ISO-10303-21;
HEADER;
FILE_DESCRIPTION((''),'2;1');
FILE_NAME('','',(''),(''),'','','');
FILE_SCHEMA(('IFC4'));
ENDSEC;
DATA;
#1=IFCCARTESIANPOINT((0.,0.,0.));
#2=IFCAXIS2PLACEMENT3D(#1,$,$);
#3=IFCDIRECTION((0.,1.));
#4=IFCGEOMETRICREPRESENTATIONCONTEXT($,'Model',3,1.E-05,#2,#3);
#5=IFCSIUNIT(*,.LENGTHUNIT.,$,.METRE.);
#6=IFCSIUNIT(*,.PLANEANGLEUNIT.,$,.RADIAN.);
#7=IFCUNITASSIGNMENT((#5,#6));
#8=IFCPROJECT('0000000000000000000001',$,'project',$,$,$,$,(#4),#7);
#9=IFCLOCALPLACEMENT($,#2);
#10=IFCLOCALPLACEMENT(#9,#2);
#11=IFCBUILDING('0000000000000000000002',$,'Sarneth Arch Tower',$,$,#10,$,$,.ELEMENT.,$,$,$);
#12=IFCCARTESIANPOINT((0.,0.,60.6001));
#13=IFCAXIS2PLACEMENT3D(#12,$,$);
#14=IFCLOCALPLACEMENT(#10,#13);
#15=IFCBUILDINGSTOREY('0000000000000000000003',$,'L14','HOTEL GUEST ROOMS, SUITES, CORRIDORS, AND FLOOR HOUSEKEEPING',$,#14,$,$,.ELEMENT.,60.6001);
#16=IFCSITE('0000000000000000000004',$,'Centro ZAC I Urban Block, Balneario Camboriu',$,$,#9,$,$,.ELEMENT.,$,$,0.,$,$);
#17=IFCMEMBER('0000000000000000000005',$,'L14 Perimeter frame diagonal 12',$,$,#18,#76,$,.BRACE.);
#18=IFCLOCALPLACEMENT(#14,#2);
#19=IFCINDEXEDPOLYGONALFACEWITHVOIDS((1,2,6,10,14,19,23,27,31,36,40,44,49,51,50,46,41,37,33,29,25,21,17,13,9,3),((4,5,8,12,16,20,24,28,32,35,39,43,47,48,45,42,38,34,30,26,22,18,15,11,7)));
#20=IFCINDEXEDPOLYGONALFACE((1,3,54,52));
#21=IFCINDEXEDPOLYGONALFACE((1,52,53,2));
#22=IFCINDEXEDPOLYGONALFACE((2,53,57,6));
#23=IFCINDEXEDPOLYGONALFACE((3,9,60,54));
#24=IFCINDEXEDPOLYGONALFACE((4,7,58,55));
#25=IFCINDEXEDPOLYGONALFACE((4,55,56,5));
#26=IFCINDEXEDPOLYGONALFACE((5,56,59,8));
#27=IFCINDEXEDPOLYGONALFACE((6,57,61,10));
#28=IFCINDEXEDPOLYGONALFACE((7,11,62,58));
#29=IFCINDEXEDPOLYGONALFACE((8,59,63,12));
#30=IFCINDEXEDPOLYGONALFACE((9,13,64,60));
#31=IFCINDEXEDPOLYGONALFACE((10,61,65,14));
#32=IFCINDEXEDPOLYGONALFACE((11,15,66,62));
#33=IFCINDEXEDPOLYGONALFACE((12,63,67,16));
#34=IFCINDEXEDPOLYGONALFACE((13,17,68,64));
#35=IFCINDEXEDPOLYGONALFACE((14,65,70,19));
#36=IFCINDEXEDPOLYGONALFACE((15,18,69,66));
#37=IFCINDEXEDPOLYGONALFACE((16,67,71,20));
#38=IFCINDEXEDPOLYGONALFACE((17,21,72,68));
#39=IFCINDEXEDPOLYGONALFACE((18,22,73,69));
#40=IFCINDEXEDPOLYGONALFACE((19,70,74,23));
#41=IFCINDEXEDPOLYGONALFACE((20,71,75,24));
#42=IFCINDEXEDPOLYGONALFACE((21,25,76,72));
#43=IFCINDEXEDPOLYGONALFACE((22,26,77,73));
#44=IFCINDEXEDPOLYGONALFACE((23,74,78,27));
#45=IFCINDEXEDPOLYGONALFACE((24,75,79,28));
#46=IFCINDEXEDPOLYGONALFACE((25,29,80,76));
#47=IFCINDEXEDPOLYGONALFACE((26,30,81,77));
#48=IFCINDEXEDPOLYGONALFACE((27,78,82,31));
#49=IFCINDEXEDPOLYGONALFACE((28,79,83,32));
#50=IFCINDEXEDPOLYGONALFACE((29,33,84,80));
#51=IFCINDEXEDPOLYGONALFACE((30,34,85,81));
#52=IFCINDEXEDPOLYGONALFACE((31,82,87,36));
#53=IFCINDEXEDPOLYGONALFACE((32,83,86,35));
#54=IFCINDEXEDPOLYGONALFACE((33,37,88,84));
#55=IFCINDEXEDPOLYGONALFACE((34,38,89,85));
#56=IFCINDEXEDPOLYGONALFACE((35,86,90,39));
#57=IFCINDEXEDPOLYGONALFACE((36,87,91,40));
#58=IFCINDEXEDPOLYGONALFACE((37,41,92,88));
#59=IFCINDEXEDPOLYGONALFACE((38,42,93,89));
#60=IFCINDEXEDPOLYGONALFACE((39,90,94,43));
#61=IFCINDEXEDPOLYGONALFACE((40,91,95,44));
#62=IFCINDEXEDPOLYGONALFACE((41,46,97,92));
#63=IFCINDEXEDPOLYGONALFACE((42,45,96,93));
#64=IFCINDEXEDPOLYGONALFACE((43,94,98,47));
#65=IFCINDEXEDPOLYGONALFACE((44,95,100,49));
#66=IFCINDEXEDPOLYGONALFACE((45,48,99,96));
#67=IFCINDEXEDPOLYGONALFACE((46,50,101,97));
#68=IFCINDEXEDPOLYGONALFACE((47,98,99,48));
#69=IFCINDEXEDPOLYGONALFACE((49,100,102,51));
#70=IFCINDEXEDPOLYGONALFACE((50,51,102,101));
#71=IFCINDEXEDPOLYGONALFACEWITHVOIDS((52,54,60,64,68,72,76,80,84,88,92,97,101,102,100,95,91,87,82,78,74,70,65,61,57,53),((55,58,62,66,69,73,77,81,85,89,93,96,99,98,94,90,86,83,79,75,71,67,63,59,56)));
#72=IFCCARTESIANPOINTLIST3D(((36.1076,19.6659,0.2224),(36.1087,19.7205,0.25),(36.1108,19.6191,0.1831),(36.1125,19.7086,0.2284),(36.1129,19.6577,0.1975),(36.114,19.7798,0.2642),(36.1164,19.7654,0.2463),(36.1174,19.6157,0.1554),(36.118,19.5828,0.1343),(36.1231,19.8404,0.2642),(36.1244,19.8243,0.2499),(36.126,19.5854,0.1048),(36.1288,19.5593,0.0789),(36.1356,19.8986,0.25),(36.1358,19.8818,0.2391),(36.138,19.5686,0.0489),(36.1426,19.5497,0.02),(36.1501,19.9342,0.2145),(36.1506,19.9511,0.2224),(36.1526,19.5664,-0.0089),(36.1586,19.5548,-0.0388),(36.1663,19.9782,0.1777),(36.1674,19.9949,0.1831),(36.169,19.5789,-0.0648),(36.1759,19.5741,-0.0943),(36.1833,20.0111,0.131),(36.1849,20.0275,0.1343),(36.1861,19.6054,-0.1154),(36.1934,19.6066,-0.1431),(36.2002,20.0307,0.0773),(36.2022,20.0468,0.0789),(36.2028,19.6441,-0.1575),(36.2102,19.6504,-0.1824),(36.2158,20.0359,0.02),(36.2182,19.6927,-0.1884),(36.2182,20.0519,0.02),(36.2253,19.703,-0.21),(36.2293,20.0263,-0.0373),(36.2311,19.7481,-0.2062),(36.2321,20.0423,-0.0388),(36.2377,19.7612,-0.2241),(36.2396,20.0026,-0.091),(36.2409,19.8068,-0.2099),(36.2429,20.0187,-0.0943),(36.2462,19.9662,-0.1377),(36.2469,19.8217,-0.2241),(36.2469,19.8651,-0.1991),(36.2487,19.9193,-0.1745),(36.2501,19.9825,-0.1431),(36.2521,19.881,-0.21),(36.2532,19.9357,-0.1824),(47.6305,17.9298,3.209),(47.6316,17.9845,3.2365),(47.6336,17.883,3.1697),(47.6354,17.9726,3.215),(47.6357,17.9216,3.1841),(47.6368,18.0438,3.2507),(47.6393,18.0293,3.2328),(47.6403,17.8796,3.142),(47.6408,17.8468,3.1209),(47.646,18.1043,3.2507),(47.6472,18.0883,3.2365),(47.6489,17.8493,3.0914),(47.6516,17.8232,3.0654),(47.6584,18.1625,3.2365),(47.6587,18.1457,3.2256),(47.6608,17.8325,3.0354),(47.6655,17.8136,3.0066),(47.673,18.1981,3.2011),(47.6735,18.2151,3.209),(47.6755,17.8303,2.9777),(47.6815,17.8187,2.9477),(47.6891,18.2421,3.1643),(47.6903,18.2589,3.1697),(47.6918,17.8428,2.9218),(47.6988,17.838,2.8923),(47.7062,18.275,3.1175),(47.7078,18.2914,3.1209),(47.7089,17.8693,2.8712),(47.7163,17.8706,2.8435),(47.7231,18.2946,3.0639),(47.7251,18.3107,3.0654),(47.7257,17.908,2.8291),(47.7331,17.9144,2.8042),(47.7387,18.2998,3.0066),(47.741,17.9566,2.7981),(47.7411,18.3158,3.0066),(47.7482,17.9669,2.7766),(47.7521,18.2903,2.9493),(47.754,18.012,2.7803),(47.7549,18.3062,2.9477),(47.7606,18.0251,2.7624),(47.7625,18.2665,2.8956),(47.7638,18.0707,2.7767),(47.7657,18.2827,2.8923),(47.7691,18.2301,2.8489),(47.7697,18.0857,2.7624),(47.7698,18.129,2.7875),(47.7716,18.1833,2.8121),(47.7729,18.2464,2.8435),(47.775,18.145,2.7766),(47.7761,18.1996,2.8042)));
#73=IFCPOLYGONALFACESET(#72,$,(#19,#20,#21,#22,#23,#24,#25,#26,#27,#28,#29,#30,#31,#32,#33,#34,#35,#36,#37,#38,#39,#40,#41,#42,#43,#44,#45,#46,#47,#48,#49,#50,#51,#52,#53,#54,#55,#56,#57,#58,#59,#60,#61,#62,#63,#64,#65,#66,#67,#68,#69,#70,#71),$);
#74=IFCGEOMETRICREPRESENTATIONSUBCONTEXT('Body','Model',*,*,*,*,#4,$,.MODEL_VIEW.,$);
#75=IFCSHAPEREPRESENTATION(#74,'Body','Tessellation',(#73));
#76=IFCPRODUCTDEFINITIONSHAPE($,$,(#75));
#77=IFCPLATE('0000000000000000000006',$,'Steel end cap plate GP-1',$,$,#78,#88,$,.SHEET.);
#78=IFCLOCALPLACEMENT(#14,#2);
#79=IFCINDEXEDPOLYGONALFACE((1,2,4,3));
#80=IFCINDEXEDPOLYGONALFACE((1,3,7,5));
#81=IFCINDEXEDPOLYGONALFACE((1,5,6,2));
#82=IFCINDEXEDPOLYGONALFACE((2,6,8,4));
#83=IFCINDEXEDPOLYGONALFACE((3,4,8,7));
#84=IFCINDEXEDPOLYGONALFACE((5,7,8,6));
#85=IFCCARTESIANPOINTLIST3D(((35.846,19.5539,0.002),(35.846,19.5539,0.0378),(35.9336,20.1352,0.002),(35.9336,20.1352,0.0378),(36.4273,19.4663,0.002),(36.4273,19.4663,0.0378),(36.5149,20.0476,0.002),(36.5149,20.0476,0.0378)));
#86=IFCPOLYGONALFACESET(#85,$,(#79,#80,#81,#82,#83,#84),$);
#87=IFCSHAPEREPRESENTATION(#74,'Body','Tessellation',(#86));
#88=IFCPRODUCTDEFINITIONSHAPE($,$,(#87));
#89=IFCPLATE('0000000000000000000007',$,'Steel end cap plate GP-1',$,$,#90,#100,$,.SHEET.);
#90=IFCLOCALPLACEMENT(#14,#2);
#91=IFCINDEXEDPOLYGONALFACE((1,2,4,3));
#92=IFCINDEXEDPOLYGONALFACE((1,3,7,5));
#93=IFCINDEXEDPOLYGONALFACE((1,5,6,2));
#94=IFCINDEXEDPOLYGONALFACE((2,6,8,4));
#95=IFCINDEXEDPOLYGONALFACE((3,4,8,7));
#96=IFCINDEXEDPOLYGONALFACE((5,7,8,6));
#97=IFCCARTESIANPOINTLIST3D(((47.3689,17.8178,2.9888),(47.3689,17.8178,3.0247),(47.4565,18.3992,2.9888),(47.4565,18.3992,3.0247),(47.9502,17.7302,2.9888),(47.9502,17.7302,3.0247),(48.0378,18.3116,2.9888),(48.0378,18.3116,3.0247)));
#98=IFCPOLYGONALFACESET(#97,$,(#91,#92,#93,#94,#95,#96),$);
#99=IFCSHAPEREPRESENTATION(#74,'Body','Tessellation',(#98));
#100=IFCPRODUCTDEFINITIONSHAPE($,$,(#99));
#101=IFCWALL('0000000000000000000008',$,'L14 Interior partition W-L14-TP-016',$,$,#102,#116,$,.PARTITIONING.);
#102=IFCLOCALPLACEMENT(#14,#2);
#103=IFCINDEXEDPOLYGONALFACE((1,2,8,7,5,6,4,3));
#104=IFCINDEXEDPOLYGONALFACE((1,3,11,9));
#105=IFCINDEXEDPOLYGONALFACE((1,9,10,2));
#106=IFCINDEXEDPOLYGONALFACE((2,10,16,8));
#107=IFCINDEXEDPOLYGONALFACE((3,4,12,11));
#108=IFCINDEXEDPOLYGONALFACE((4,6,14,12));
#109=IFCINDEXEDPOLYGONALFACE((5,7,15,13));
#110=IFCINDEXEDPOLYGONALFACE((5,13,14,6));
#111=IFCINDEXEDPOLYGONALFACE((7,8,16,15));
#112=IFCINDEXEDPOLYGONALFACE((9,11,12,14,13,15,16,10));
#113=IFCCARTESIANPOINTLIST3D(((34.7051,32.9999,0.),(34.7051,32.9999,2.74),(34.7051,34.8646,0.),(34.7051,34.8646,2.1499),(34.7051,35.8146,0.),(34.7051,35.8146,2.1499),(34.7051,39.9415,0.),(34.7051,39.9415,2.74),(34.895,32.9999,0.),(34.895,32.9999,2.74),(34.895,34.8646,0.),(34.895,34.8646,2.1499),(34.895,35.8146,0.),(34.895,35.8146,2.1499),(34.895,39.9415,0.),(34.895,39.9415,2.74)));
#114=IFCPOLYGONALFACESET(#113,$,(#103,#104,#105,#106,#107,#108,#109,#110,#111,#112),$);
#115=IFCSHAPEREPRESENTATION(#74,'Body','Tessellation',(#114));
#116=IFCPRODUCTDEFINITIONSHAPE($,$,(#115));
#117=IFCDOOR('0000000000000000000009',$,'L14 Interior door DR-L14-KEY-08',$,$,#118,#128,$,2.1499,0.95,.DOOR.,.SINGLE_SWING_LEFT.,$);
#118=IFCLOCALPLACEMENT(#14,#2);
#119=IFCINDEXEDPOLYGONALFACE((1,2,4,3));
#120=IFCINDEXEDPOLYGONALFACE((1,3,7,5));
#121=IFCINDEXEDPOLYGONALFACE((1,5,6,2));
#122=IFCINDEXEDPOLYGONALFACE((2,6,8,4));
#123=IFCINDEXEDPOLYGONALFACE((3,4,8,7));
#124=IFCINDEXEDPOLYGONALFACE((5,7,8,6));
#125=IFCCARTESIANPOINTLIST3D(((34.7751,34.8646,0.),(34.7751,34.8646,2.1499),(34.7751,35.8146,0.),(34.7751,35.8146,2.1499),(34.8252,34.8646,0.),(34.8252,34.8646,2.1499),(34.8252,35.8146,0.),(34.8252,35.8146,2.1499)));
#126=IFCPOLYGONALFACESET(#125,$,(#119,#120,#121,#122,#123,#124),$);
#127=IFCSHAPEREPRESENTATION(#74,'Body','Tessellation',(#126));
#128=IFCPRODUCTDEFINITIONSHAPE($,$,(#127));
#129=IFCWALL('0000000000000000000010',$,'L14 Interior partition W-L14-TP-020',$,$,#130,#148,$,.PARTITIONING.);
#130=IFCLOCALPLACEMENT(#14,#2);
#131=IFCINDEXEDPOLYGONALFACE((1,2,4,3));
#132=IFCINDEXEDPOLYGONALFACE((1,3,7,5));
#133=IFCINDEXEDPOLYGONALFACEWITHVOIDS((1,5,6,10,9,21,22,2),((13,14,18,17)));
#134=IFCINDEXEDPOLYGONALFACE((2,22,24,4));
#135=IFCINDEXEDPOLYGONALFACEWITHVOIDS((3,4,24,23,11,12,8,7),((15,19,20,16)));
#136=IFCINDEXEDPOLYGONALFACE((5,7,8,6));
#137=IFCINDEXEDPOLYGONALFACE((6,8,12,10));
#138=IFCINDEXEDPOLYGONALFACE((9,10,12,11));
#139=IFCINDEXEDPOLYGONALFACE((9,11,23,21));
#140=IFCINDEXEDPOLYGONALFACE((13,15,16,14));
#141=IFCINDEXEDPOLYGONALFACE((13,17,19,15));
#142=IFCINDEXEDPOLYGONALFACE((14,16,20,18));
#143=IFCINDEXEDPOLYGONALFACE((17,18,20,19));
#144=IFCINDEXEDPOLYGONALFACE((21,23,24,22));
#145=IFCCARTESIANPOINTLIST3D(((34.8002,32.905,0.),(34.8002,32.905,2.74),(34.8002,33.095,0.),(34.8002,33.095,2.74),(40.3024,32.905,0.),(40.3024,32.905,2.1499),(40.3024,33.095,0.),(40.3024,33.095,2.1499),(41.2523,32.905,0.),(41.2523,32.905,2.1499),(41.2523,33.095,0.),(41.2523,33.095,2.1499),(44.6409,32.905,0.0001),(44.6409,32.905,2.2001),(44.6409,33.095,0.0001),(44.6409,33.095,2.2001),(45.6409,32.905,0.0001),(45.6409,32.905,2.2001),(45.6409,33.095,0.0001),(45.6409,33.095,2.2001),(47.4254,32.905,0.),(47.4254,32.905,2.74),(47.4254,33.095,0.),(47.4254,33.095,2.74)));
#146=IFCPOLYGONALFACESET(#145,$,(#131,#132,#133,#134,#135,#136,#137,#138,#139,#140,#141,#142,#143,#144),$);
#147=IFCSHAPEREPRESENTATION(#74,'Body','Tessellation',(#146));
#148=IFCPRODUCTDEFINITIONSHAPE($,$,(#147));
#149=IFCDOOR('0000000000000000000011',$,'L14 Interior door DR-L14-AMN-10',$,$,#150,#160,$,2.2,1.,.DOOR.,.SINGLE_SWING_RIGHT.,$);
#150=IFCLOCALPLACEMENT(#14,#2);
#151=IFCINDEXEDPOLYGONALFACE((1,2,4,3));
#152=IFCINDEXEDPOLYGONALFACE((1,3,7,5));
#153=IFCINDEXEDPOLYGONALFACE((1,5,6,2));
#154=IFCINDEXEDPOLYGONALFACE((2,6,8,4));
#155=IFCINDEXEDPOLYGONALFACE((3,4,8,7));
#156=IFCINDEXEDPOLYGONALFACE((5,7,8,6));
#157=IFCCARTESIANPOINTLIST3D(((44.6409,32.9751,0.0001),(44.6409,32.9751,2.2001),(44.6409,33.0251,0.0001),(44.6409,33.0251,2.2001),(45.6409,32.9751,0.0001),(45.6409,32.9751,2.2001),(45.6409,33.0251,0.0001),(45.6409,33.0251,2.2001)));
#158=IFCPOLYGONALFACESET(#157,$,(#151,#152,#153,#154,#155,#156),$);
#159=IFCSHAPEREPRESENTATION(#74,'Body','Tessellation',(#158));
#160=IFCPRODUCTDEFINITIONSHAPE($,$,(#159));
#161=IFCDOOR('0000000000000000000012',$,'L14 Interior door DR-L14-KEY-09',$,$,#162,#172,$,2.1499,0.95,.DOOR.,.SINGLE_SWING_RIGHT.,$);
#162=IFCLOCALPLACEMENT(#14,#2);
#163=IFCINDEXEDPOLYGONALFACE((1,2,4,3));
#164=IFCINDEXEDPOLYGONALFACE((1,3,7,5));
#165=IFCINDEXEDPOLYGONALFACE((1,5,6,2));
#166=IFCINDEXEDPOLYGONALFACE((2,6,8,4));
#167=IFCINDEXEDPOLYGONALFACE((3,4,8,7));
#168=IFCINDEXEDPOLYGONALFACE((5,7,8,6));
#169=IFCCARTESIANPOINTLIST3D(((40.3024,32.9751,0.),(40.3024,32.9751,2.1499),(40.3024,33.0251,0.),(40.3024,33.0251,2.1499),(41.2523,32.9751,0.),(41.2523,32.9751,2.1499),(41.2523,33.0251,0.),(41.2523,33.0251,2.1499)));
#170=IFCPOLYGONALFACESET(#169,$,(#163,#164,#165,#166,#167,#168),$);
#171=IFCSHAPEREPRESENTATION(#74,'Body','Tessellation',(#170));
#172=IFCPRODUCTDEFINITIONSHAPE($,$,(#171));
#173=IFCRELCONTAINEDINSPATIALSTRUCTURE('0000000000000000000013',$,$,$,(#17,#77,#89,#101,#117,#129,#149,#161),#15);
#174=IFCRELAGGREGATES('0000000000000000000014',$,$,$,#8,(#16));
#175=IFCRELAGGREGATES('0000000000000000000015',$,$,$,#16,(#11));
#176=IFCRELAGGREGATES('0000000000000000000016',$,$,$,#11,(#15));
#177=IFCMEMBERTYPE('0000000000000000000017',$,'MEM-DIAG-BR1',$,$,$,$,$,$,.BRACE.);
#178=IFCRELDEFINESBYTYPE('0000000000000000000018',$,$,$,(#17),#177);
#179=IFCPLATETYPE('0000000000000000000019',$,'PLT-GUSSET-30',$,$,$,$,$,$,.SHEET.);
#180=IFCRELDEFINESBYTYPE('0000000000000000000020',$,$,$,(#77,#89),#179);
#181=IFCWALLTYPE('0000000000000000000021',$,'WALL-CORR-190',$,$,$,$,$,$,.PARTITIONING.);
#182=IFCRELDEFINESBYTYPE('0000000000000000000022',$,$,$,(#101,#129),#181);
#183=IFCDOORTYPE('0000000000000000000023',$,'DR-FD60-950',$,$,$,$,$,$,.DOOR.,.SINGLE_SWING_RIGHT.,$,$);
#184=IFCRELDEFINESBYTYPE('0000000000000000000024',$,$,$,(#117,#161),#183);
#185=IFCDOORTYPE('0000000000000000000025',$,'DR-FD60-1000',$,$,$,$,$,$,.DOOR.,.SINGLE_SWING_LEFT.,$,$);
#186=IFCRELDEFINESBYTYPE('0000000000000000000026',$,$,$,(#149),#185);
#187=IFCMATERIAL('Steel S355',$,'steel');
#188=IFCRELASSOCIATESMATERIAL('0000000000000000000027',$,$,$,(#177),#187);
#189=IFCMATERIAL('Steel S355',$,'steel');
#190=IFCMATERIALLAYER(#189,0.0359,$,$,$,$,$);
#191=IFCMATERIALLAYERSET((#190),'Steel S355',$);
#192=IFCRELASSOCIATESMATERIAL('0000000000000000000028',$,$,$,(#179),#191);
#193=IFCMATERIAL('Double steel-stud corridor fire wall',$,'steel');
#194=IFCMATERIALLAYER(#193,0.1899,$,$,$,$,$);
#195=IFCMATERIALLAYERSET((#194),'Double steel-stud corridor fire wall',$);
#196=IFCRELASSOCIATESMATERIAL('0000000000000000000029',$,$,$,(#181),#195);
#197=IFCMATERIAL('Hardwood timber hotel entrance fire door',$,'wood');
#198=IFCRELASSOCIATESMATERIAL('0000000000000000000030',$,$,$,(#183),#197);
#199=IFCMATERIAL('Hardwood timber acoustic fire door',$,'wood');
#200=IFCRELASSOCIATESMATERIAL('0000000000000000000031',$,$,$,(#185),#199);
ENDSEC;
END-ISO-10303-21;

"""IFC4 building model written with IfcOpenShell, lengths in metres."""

from ifc_helpers import new_model, si_unit, direction, frame, frame_2d, origin, origin_2d, place, context, subcontext, project, spatial, rectangle, hollow_circle, extrude, material, layer, layer_set, material_profile, profile_set, type_object, element, fill, save


model = new_model("IFC4")

# Units and contexts
model_context = context("Model", 3, precision=1e-05, world=origin(), true_north=direction((0.0, 1.0)))
body_context = subcontext(model_context, "Body", "Model", "MODEL_VIEW")
ifc_project = project(units=[si_unit("LENGTHUNIT", "METRE"), si_unit("PLANEANGLEUNIT", "RADIAN")], contexts=[model_context])

# Site, building, storey
site_placement = place(None, origin())
site = spatial("IfcSite", under=ifc_project, at=site_placement, Name="Centro ZAC I Urban Block, Balneario Camboriu", CompositionType="ELEMENT", RefElevation=0.0)
building_placement = place(site_placement, origin())
building = spatial("IfcBuilding", under=site, at=building_placement, Name="Sarneth Arch Tower", CompositionType="ELEMENT")
storey_placement = place(building_placement, frame((0.0, 0.0, 60.6001)))
storey = spatial("IfcBuildingStorey", under=building, at=storey_placement, Name="L14", Description="HOTEL GUEST ROOMS, SUITES, CORRIDORS, AND FLOOR HOUSEKEEPING", CompositionType="ELEMENT", Elevation=60.6001)

# Member
ifc_material_1 = material(Name="Steel S355", Category="steel")
ifc_material_profile_1 = material_profile(ifc_material_1, hollow_circle(Radius=0.2539, WallThickness=0.0161, at=origin_2d()), Name="CHS508x16")
ifc_profile_set_1 = profile_set([ifc_material_profile_1], Name="Steel S355")
member_type_1 = type_object("IfcMemberType", Name="MEM-DIAG-BR1", PredefinedType="BRACE", material=ifc_profile_set_1)
member_1_placement = place(storey_placement, frame((36.1804, 19.8008, 0.02), z_axis=(0.957881, -0.144317, 0.248268), x_axis=(0.148982, 0.98884, 0.0)))
element("IfcMember", 1, at=member_1_placement, inside=storey, type_object=member_type_1, Name="L14 Perimeter frame diagonal 12", PredefinedType="BRACE", context=body_context, shape_type="SweptSolid", body=[
    extrude(hollow_circle(Radius=0.2539, WallThickness=0.0161, at=origin_2d()), origin(), (0.0, 0.0, 1.0), 12.0295),
])

# Plates
ifc_material_2 = material(Name="Steel S355", Category="steel")
ifc_layer_1 = layer(ifc_material_2, 0.0359)
ifc_layer_set_1 = layer_set([ifc_layer_1], Name="Steel S355")
plate_type = type_object("IfcPlateType", Name="PLT-GUSSET-30", PredefinedType="SHEET", material=ifc_layer_set_1)
for number, where, z_axis, x_axis, name in (
    (2, (36.1804, 19.8008, 0.002), (0.0, 0.0, 1.0), (0.988835, -0.149018, 0.0), "Steel end cap plate GP-1"),
    (3, (47.7034, 18.0647, 2.9888), (0.0, 0.0, 1.0), (0.988835, -0.149018, 0.0), "Steel end cap plate GP-1"),
):
    element("IfcPlate", number, at=place(storey_placement, frame(where, z_axis=z_axis, x_axis=x_axis)), inside=storey, type_object=plate_type, Name=name, PredefinedType="SHEET", context=body_context, shape_type="SweptSolid", body=[
        extrude(rectangle(XDim=0.5879, YDim=0.5879, at=origin_2d()), origin(), (0.0, 0.0, 1.0), 0.0359),
    ])

# Wall, opening, door
ifc_material_3 = material(Name="Double steel-stud corridor fire wall", Category="steel")
ifc_layer_2 = layer(ifc_material_3, 0.1899)
ifc_layer_set_2 = layer_set([ifc_layer_2], Name="Double steel-stud corridor fire wall")
wall_type_1 = type_object("IfcWallType", Name="WALL-CORR-190", PredefinedType="PARTITIONING", material=ifc_layer_set_2)
wall_1_placement = place(storey_placement, frame((34.8, 33.0, 0.0), z_axis=(0.0, 0.0, 1.0), x_axis=(0.0, 1.0, 0.0)))
wall_1 = element("IfcWall", 4, at=wall_1_placement, inside=storey, type_object=wall_type_1, Name="L14 Interior partition W-L14-TP-016", PredefinedType="PARTITIONING", context=body_context, shape_type="SweptSolid", body=[
    extrude(rectangle(XDim=6.9417, YDim=0.1899, at=frame_2d((3.4707, 0.0))), origin(), (0.0, 0.0, 1.0), 2.74),
])
opening_1_placement = place(wall_1_placement, frame((1.8645, 0.0, 0.0)))
opening_1 = element("IfcOpeningElement", 5, at=opening_1_placement, cuts=wall_1, PredefinedType="OPENING", context=body_context, shape_type="SweptSolid", body=[
    extrude(rectangle(XDim=0.95, YDim=2.1499, at=frame_2d((0.4751, 1.075))), frame((0.0, 0.105, 0.0), z_axis=(0.0, -1.0, 0.0), x_axis=(1.0, 0.0, 0.0)), (0.0, 0.0, 1.0), 0.21),
])
ifc_material_4 = material(Name="Hardwood timber hotel entrance fire door", Category="wood")
door_type_1 = type_object("IfcDoorType", Name="DR-FD60-950", OperationType="SINGLE_SWING_RIGHT", PredefinedType="DOOR", material=ifc_material_4)
door_1_placement = place(opening_1_placement, origin())
door_1 = element("IfcDoor", 6, at=door_1_placement, inside=storey, type_object=door_type_1, Name="L14 Interior door DR-L14-KEY-08", OperationType="SINGLE_SWING_LEFT", OverallHeight=2.1499, OverallWidth=0.95, PredefinedType="DOOR", context=body_context, shape_type="SweptSolid", body=[
    extrude(rectangle(XDim=0.95, YDim=2.1499, at=frame_2d((0.4751, 1.075))), frame((0.0, 0.0249, 0.0), z_axis=(0.0, -1.0, 0.0), x_axis=(1.0, 0.0, 0.0)), (0.0, 0.0, 1.0), 0.05),
])
fill(opening_1, door_1)

# Wall, openings, doors
wall_2_placement = place(storey_placement, frame((47.4253, 33.0, 0.0), z_axis=(0.0, 0.0, 1.0), x_axis=(-1.0, 0.0, 0.0)))
wall_2 = element("IfcWall", 7, at=wall_2_placement, inside=storey, type_object=wall_type_1, Name="L14 Interior partition W-L14-TP-020", PredefinedType="PARTITIONING", context=body_context, shape_type="SweptSolid", body=[
    extrude(rectangle(XDim=12.6252, YDim=0.1899, at=frame_2d((6.3125, 0.0))), origin(), (0.0, 0.0, 1.0), 2.74),
])
opening_2_placement = place(wall_2_placement, frame((1.7844, 0.0, 0.0)))
opening_2 = element("IfcOpeningElement", 8, at=opening_2_placement, cuts=wall_2, PredefinedType="OPENING", context=body_context, shape_type="SweptSolid", body=[
    extrude(rectangle(XDim=1.0, YDim=2.2, at=frame_2d((0.5, 1.1001))), frame((0.0, 0.105, 0.0), z_axis=(0.0, -1.0, 0.0), x_axis=(1.0, 0.0, 0.0)), (0.0, 0.0, 1.0), 0.21),
])
opening_3_placement = place(wall_2_placement, frame((6.1729, 0.0, 0.0)))
opening_3 = element("IfcOpeningElement", 9, at=opening_3_placement, cuts=wall_2, PredefinedType="OPENING", context=body_context, shape_type="SweptSolid", body=[
    extrude(rectangle(XDim=0.95, YDim=2.1499, at=frame_2d((0.4751, 1.075))), frame((0.0, 0.105, 0.0), z_axis=(0.0, -1.0, 0.0), x_axis=(1.0, 0.0, 0.0)), (0.0, 0.0, 1.0), 0.21),
])
ifc_material_5 = material(Name="Hardwood timber acoustic fire door", Category="wood")
door_type_2 = type_object("IfcDoorType", Name="DR-FD60-1000", OperationType="SINGLE_SWING_LEFT", PredefinedType="DOOR", material=ifc_material_5)
door_2_placement = place(opening_2_placement, origin())
door_2 = element("IfcDoor", 10, at=door_2_placement, inside=storey, type_object=door_type_2, Name="L14 Interior door DR-L14-AMN-10", OperationType="SINGLE_SWING_RIGHT", OverallHeight=2.2, OverallWidth=1.0, PredefinedType="DOOR", context=body_context, shape_type="SweptSolid", body=[
    extrude(rectangle(XDim=1.0, YDim=2.2, at=frame_2d((0.5, 1.1001))), frame((0.0, 0.0249, 0.0), z_axis=(0.0, -1.0, 0.0), x_axis=(1.0, 0.0, 0.0)), (0.0, 0.0, 1.0), 0.05),
])
fill(opening_2, door_2)
door_3_placement = place(opening_3_placement, origin())
door_3 = element("IfcDoor", 11, at=door_3_placement, inside=storey, type_object=door_type_1, Name="L14 Interior door DR-L14-KEY-09", OperationType="SINGLE_SWING_RIGHT", OverallHeight=2.1499, OverallWidth=0.95, PredefinedType="DOOR", context=body_context, shape_type="SweptSolid", body=[
    extrude(rectangle(XDim=0.95, YDim=2.1499, at=frame_2d((0.4751, 1.075))), frame((0.0, 0.0249, 0.0), z_axis=(0.0, -1.0, 0.0), x_axis=(1.0, 0.0, 0.0)), (0.0, 0.0, 1.0), 0.05),
])
fill(opening_3, door_3)

save(model, "model.ifc")
